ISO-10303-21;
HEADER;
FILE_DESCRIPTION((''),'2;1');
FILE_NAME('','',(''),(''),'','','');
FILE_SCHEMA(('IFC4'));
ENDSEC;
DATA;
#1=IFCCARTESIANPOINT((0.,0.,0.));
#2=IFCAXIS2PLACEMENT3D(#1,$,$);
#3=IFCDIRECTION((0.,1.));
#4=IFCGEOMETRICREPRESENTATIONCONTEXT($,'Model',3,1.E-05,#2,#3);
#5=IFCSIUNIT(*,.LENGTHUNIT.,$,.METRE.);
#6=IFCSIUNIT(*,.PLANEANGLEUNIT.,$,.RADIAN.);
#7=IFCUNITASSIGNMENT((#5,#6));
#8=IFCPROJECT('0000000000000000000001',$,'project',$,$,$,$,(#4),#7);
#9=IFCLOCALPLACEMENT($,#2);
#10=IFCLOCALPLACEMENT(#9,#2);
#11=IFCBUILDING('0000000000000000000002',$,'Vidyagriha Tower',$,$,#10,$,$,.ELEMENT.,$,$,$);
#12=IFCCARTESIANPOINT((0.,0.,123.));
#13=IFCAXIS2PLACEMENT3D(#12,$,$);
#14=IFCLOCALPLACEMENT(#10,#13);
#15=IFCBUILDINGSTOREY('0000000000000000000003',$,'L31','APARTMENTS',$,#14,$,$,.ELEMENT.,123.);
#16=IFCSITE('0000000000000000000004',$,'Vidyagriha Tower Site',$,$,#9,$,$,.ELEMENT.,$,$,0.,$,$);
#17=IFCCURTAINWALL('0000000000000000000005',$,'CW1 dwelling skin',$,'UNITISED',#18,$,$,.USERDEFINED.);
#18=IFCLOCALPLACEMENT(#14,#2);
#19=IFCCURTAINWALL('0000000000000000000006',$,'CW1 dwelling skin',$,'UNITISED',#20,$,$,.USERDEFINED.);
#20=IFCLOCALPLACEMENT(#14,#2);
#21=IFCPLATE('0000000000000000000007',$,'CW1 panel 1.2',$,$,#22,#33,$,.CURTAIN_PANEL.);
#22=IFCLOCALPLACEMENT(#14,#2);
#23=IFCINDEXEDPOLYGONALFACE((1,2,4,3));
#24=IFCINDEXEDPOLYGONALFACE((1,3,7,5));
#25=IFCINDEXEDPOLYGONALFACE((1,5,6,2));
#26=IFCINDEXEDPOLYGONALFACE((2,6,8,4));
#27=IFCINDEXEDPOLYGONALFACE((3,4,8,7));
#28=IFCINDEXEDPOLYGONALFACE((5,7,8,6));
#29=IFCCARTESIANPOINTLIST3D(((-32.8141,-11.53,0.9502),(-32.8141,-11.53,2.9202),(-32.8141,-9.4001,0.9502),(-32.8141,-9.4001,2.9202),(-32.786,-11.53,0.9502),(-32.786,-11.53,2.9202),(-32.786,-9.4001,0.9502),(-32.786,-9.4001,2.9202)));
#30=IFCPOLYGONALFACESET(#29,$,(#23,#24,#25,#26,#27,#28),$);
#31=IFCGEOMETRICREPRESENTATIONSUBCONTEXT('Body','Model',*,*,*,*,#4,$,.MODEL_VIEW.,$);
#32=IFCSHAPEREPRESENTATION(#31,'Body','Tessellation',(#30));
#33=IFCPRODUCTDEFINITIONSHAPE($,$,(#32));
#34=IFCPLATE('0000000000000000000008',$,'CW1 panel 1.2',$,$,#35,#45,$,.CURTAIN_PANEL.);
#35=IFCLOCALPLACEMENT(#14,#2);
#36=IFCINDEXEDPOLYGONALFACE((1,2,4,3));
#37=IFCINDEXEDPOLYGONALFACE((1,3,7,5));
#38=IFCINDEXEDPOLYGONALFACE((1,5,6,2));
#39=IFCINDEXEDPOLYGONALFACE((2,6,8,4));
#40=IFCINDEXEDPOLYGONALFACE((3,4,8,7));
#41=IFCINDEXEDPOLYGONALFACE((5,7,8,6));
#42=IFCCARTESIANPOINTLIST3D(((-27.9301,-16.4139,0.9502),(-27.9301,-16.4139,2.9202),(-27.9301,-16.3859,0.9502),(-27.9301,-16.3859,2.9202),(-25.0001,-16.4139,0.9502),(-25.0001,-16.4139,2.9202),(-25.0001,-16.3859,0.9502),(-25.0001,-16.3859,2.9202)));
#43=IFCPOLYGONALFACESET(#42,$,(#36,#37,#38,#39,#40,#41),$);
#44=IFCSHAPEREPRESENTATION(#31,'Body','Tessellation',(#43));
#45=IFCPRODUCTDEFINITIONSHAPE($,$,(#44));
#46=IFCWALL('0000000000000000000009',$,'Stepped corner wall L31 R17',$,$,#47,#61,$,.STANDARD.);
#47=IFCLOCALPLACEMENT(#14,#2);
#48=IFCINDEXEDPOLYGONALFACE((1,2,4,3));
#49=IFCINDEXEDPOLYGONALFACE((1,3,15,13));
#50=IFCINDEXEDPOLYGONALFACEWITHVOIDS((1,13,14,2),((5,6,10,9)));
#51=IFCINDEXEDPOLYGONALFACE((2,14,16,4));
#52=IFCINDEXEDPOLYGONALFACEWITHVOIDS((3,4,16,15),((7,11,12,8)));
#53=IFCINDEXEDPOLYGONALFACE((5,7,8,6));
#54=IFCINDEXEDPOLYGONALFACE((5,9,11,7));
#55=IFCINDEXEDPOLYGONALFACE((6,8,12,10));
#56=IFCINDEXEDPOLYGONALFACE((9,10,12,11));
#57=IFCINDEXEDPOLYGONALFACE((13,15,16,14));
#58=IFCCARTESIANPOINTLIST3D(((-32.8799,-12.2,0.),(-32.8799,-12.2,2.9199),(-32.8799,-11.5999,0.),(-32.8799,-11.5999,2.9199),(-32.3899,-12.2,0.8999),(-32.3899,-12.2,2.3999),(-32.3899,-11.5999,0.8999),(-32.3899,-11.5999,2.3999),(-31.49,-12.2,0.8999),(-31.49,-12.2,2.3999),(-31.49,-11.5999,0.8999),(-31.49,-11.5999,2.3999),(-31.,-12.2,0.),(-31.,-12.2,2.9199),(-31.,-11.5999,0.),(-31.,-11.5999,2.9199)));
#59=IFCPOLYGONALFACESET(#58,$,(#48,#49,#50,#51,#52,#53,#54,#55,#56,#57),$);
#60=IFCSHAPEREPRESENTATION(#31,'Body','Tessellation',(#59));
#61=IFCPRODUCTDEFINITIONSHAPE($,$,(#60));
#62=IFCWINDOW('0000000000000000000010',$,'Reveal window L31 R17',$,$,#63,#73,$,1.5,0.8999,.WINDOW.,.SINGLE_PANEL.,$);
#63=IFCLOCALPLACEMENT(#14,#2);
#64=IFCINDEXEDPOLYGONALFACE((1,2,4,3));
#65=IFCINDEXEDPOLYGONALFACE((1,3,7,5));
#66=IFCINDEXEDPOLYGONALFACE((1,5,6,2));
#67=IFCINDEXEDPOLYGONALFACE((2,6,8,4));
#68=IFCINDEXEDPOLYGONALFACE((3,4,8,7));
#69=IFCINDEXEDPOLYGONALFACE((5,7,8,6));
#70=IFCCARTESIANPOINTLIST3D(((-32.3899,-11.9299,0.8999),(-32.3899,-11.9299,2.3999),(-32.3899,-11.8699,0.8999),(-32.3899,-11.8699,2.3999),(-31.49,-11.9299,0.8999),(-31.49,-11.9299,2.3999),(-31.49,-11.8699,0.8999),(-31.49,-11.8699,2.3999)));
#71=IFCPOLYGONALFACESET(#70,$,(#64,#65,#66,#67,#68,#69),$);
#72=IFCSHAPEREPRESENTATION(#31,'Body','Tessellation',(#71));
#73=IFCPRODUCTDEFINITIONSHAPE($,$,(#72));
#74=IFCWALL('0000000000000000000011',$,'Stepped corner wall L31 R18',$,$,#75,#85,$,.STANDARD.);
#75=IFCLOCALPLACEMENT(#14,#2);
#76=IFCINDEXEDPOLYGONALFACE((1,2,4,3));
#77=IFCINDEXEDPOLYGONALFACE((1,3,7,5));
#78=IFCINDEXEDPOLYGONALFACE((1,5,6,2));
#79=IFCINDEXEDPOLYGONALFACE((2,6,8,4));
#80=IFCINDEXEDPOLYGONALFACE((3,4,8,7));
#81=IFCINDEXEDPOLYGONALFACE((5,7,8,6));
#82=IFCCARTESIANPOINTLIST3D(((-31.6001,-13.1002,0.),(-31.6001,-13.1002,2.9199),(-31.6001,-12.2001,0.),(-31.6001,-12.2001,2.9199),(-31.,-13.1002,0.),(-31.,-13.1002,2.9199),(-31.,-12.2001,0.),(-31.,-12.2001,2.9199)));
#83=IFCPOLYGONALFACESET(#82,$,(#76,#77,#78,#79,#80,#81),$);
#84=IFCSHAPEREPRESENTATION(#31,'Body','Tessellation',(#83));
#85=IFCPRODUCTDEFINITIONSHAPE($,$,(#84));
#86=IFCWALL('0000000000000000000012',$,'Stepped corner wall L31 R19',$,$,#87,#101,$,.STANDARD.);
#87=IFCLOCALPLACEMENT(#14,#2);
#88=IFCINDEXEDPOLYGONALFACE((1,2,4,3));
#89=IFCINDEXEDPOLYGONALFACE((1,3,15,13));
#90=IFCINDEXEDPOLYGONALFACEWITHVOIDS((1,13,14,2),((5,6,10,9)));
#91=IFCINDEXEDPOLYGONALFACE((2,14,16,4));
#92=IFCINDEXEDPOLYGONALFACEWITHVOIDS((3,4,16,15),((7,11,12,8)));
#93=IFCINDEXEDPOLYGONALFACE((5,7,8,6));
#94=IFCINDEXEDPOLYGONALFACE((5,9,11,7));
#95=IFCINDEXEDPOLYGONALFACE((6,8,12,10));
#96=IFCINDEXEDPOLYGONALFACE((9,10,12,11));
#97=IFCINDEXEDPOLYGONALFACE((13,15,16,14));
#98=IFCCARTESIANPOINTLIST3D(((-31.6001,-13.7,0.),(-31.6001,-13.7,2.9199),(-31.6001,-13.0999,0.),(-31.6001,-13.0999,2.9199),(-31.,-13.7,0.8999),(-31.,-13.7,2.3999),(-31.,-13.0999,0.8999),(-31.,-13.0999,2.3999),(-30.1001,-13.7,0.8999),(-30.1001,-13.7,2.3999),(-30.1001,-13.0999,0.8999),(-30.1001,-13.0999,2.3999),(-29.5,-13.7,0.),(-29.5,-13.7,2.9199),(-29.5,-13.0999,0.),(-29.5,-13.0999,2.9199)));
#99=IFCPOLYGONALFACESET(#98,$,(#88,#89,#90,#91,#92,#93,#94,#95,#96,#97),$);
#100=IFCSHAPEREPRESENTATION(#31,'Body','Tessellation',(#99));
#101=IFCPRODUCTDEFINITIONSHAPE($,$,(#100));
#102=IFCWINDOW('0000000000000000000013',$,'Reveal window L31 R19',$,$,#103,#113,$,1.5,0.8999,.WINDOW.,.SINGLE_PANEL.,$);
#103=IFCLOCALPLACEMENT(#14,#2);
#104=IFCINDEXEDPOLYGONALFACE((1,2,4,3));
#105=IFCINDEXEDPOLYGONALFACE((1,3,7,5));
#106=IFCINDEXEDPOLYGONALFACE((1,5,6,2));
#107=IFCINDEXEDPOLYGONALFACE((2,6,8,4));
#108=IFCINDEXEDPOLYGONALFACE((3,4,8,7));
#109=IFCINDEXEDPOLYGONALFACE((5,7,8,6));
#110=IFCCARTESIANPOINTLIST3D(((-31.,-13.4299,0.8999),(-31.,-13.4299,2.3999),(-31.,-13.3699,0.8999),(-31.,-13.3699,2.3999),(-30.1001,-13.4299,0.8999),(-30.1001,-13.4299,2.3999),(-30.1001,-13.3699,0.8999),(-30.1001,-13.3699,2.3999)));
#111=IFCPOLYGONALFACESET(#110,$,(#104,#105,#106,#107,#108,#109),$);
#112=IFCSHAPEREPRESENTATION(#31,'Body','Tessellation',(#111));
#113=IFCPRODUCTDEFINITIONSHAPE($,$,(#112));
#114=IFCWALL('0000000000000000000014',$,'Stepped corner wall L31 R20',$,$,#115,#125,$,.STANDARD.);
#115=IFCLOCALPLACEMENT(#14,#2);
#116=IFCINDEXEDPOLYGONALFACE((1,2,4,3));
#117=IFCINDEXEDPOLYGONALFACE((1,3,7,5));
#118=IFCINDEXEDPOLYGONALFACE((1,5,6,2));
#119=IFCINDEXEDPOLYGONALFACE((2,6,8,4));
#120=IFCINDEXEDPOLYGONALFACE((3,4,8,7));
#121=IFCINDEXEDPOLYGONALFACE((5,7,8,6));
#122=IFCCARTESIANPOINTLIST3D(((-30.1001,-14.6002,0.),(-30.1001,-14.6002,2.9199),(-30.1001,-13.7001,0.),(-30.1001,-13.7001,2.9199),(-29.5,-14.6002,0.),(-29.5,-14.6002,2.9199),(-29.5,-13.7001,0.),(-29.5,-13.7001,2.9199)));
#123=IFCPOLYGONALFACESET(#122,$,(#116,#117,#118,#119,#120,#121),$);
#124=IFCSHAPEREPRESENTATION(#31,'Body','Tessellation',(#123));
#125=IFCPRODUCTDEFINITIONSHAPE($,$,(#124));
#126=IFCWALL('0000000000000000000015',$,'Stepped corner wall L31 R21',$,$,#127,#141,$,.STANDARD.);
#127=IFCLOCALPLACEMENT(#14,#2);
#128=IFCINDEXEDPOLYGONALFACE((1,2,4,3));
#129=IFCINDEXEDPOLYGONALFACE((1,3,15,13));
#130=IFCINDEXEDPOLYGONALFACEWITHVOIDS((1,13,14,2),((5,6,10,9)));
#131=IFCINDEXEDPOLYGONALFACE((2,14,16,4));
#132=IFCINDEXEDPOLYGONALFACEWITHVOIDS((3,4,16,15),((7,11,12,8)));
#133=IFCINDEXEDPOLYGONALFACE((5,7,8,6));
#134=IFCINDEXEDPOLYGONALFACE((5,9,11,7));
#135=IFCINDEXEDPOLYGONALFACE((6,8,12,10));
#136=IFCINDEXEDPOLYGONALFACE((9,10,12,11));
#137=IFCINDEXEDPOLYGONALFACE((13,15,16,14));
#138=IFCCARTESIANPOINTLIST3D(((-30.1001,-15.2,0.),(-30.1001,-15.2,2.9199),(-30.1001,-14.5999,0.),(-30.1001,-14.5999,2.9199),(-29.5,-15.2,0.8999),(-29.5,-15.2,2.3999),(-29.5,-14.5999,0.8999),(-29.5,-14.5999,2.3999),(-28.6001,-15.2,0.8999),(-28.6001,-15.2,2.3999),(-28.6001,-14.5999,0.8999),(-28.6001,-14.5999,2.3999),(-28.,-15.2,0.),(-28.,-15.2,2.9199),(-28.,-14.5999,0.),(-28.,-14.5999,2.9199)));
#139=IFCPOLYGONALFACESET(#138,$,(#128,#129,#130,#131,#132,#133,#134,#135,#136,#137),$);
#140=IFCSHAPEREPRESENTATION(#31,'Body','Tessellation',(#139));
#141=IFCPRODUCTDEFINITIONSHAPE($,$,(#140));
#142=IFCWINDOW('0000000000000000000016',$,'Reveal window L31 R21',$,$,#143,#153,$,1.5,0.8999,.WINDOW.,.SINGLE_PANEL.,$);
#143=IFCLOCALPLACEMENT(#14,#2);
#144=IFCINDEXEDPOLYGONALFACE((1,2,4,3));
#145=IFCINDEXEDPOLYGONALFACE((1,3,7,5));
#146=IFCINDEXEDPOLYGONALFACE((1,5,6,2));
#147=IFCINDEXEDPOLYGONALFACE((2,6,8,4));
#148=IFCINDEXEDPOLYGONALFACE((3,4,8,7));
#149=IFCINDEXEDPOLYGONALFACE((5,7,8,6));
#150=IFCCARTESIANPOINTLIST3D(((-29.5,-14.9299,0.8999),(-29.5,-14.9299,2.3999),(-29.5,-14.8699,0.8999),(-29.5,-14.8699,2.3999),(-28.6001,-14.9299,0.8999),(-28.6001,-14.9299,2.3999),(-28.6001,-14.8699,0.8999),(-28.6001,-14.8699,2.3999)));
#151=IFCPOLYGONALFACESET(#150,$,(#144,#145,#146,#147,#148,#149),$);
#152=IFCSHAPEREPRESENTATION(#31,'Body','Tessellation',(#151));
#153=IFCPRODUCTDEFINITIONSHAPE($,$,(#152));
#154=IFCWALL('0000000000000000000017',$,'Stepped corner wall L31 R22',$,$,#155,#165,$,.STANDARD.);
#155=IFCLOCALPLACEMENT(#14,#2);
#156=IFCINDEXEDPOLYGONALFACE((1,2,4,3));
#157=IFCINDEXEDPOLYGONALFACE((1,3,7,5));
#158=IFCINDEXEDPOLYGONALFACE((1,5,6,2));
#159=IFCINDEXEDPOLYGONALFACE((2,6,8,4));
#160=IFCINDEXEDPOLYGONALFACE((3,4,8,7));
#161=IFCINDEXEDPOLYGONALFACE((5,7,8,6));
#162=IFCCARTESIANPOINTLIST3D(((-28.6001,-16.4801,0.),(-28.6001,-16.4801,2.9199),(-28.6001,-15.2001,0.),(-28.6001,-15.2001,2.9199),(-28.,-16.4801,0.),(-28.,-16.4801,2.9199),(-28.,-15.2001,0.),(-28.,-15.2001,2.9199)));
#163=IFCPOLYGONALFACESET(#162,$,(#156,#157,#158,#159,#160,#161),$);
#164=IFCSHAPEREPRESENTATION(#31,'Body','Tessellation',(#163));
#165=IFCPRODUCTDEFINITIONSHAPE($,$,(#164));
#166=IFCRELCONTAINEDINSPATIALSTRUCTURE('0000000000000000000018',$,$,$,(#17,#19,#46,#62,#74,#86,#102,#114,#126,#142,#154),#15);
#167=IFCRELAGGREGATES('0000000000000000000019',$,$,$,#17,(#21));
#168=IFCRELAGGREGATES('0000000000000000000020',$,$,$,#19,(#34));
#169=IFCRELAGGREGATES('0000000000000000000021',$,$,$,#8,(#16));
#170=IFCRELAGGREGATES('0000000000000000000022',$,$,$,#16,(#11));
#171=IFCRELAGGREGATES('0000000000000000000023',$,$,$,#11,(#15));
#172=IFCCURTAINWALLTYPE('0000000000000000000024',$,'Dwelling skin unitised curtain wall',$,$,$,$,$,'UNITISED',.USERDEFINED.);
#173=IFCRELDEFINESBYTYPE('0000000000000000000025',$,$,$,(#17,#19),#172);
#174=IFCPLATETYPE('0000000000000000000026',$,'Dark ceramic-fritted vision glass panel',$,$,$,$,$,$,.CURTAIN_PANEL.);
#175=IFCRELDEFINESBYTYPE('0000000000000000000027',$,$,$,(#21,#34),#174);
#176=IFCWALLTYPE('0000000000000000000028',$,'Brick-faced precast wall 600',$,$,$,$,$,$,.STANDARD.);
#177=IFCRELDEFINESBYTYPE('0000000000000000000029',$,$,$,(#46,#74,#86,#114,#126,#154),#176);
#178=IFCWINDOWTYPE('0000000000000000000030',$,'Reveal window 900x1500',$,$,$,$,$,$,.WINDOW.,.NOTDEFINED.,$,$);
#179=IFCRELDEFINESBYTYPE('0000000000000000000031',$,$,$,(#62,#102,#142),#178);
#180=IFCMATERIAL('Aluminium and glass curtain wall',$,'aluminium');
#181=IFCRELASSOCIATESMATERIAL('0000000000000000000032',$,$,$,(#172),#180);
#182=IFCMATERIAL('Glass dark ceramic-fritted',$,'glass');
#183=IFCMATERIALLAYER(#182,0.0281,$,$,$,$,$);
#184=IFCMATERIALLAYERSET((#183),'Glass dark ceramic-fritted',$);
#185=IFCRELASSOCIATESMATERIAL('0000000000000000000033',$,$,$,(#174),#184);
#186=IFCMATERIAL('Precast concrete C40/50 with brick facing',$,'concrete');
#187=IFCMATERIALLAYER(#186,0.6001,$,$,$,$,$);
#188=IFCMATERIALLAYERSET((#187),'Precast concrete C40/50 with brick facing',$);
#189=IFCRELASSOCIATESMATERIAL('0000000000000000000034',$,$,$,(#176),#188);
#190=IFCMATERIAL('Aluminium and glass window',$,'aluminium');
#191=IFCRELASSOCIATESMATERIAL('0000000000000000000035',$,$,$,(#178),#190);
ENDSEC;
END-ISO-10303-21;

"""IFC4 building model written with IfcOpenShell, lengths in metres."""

from ifc_helpers import new_model, si_unit, direction, frame, frame_2d, origin, origin_2d, place, context, subcontext, project, spatial, rectangle, extrude, material, layer, layer_set, type_object, element, fill, aggregate, save


model = new_model("IFC4")

# Units and contexts
model_context = context("Model", 3, precision=1e-05, world=origin(), true_north=direction((0.0, 1.0)))
body_context = subcontext(model_context, "Body", "Model", "MODEL_VIEW")
ifc_project = project(units=[si_unit("LENGTHUNIT", "METRE"), si_unit("PLANEANGLEUNIT", "RADIAN")], contexts=[model_context])

# Site, building, storey
site_placement = place(None, origin())
site = spatial("IfcSite", under=ifc_project, at=site_placement, Name="Vidyagriha Tower Site", CompositionType="ELEMENT", RefElevation=0.0)
building_placement = place(site_placement, origin())
building = spatial("IfcBuilding", under=site, at=building_placement, Name="Vidyagriha Tower", CompositionType="ELEMENT")
storey_placement = place(building_placement, frame((0.0, 0.0, 123.0)))
storey = spatial("IfcBuildingStorey", under=building, at=storey_placement, Name="L31", Description="APARTMENTS", CompositionType="ELEMENT", Elevation=123.0)

# Curtain wall
ifc_material_1 = material(Name="Aluminium and glass curtain wall", Category="aluminium")
curtain_wall_type = type_object("IfcCurtainWallType", Name="Dwelling skin unitised curtain wall", ElementType="UNITISED", PredefinedType="USERDEFINED", material=ifc_material_1)
curtain_wall_1_placement = place(storey_placement, origin())
curtain_wall_1 = element("IfcCurtainWall", 1, at=curtain_wall_1_placement, inside=storey, type_object=curtain_wall_type, Name="CW1 dwelling skin", ObjectType="UNITISED", PredefinedType="USERDEFINED")

# Curtain wall
curtain_wall_2_placement = place(storey_placement, origin())
curtain_wall_2 = element("IfcCurtainWall", 2, at=curtain_wall_2_placement, inside=storey, type_object=curtain_wall_type, Name="CW1 dwelling skin", ObjectType="UNITISED", PredefinedType="USERDEFINED")

# Plates
ifc_material_2 = material(Name="Glass dark ceramic-fritted", Category="glass")
ifc_layer_1 = layer(ifc_material_2, 0.0281)
ifc_layer_set_1 = layer_set([ifc_layer_1], Name="Glass dark ceramic-fritted")
plate_type_1 = type_object("IfcPlateType", Name="Dark ceramic-fritted vision glass panel", PredefinedType="CURTAIN_PANEL", material=ifc_layer_set_1)
plate_1_placement = place(storey_placement, frame((-32.8, -10.4651, 0.9502), z_axis=(0.0, 0.0, 1.0), x_axis=(0.0, -1.0, 0.0)))
plate_1 = element("IfcPlate", 3, at=plate_1_placement, type_object=plate_type_1, Name="CW1 panel 1.2", PredefinedType="CURTAIN_PANEL", context=body_context, shape_type="SweptSolid", body=[
    extrude(rectangle(XDim=2.1299, YDim=0.0281, at=origin_2d()), origin(), (0.0, 0.0, 1.0), 1.97),
])
aggregate(curtain_wall_1, [plate_1])
plate_2_placement = place(storey_placement, frame((-26.4651, -16.3999, 0.9502)))
plate_2 = element("IfcPlate", 4, at=plate_2_placement, type_object=plate_type_1, Name="CW1 panel 1.2", PredefinedType="CURTAIN_PANEL", context=body_context, shape_type="SweptSolid", body=[
    extrude(rectangle(XDim=2.9299, YDim=0.0281, at=origin_2d()), origin(), (0.0, 0.0, 1.0), 1.97),
])
aggregate(curtain_wall_2, [plate_2])

# Wall, opening, window
ifc_material_3 = material(Name="Precast concrete C40/50 with brick facing", Category="concrete")
ifc_layer_2 = layer(ifc_material_3, 0.6001)
ifc_layer_set_2 = layer_set([ifc_layer_2], Name="Precast concrete C40/50 with brick facing")
wall_type = type_object("IfcWallType", Name="Brick-faced precast wall 600", PredefinedType="STANDARD", material=ifc_layer_set_2)
wall_1_placement = place(storey_placement, frame((-32.8799, -11.8999, 0.0)))
wall_1 = element("IfcWall", 5, at=wall_1_placement, inside=storey, type_object=wall_type, Name="Stepped corner wall L31 R17", PredefinedType="STANDARD", context=body_context, shape_type="SweptSolid", body=[
    extrude(rectangle(XDim=1.8799, YDim=0.6001, at=frame_2d((0.9399, 0.0))), origin(), (0.0, 0.0, 1.0), 2.9199),
])
opening_1_placement = place(wall_1_placement, frame((0.49, 0.0, 0.8999)))
opening_1 = element("IfcOpeningElement", 6, at=opening_1_placement, cuts=wall_1, PredefinedType="OPENING", context=body_context, shape_type="SweptSolid", body=[
    extrude(rectangle(XDim=0.8999, YDim=1.5, at=frame_2d((0.45, 0.75))), frame((0.0, 0.3101, 0.0), z_axis=(0.0, -1.0, 0.0), x_axis=(1.0, 0.0, 0.0)), (0.0, 0.0, 1.0), 0.6201),
])
ifc_material_4 = material(Name="Aluminium and glass window", Category="aluminium")
window_type = type_object("IfcWindowType", Name="Reveal window 900x1500", PartitioningType="NOTDEFINED", PredefinedType="WINDOW", material=ifc_material_4)
window_1_placement = place(opening_1_placement, origin())
window_1 = element("IfcWindow", 7, at=window_1_placement, inside=storey, type_object=window_type, Name="Reveal window L31 R17", OverallHeight=1.5, OverallWidth=0.8999, PartitioningType="SINGLE_PANEL", PredefinedType="WINDOW", context=body_context, shape_type="SweptSolid", body=[
    extrude(rectangle(XDim=0.8999, YDim=1.5, at=frame_2d((0.45, 0.75))), frame((0.0, 0.03, 0.0), z_axis=(0.0, -1.0, 0.0), x_axis=(1.0, 0.0, 0.0)), (0.0, 0.0, 1.0), 0.0601),
])
fill(opening_1, window_1)

# Wall
wall_2_placement = place(storey_placement, frame((-31.3, -12.2, 0.0), z_axis=(0.0, 0.0, 1.0), x_axis=(0.0, -1.0, 0.0)))
element("IfcWall", 8, at=wall_2_placement, inside=storey, type_object=wall_type, Name="Stepped corner wall L31 R18", PredefinedType="STANDARD", context=body_context, shape_type="SweptSolid", body=[
    extrude(rectangle(XDim=0.9001, YDim=0.6001, at=frame_2d((0.4502, 0.0))), origin(), (0.0, 0.0, 1.0), 2.9199),
])

# Wall, opening, window
wall_3_placement = place(storey_placement, frame((-31.6001, -13.3999, 0.0)))
wall_3 = element("IfcWall", 9, at=wall_3_placement, inside=storey, type_object=wall_type, Name="Stepped corner wall L31 R19", PredefinedType="STANDARD", context=body_context, shape_type="SweptSolid", body=[
    extrude(rectangle(XDim=2.1001, YDim=0.6001, at=frame_2d((1.05, 0.0))), origin(), (0.0, 0.0, 1.0), 2.9199),
])
opening_2_placement = place(wall_3_placement, frame((0.6001, 0.0, 0.8999)))
opening_2 = element("IfcOpeningElement", 10, at=opening_2_placement, cuts=wall_3, PredefinedType="OPENING", context=body_context, shape_type="SweptSolid", body=[
    extrude(rectangle(XDim=0.8999, YDim=1.5, at=frame_2d((0.45, 0.75))), frame((0.0, 0.3101, 0.0), z_axis=(0.0, -1.0, 0.0), x_axis=(1.0, 0.0, 0.0)), (0.0, 0.0, 1.0), 0.6201),
])
window_2_placement = place(opening_2_placement, origin())
window_2 = element("IfcWindow", 11, at=window_2_placement, inside=storey, type_object=window_type, Name="Reveal window L31 R19", OverallHeight=1.5, OverallWidth=0.8999, PartitioningType="SINGLE_PANEL", PredefinedType="WINDOW", context=body_context, shape_type="SweptSolid", body=[
    extrude(rectangle(XDim=0.8999, YDim=1.5, at=frame_2d((0.45, 0.75))), frame((0.0, 0.03, 0.0), z_axis=(0.0, -1.0, 0.0), x_axis=(1.0, 0.0, 0.0)), (0.0, 0.0, 1.0), 0.0601),
])
fill(opening_2, window_2)

# Wall
wall_4_placement = place(storey_placement, frame((-29.8, -13.7, 0.0), z_axis=(0.0, 0.0, 1.0), x_axis=(0.0, -1.0, 0.0)))
element("IfcWall", 12, at=wall_4_placement, inside=storey, type_object=wall_type, Name="Stepped corner wall L31 R20", PredefinedType="STANDARD", context=body_context, shape_type="SweptSolid", body=[
    extrude(rectangle(XDim=0.9001, YDim=0.6001, at=frame_2d((0.4502, 0.0))), origin(), (0.0, 0.0, 1.0), 2.9199),
])

# Wall, opening, window
wall_5_placement = place(storey_placement, frame((-30.1001, -14.8999, 0.0)))
wall_5 = element("IfcWall", 13, at=wall_5_placement, inside=storey, type_object=wall_type, Name="Stepped corner wall L31 R21", PredefinedType="STANDARD", context=body_context, shape_type="SweptSolid", body=[
    extrude(rectangle(XDim=2.1001, YDim=0.6001, at=frame_2d((1.05, 0.0))), origin(), (0.0, 0.0, 1.0), 2.9199),
])
opening_3_placement = place(wall_5_placement, frame((0.6001, 0.0, 0.8999)))
opening_3 = element("IfcOpeningElement", 14, at=opening_3_placement, cuts=wall_5, PredefinedType="OPENING", context=body_context, shape_type="SweptSolid", body=[
    extrude(rectangle(XDim=0.8999, YDim=1.5, at=frame_2d((0.45, 0.75))), frame((0.0, 0.3101, 0.0), z_axis=(0.0, -1.0, 0.0), x_axis=(1.0, 0.0, 0.0)), (0.0, 0.0, 1.0), 0.6201),
])
window_3_placement = place(opening_3_placement, origin())
window_3 = element("IfcWindow", 15, at=window_3_placement, inside=storey, type_object=window_type, Name="Reveal window L31 R21", OverallHeight=1.5, OverallWidth=0.8999, PartitioningType="SINGLE_PANEL", PredefinedType="WINDOW", context=body_context, shape_type="SweptSolid", body=[
    extrude(rectangle(XDim=0.8999, YDim=1.5, at=frame_2d((0.45, 0.75))), frame((0.0, 0.03, 0.0), z_axis=(0.0, -1.0, 0.0), x_axis=(1.0, 0.0, 0.0)), (0.0, 0.0, 1.0), 0.0601),
])
fill(opening_3, window_3)

# Wall
wall_6_placement = place(storey_placement, frame((-28.3, -15.2, 0.0), z_axis=(0.0, 0.0, 1.0), x_axis=(0.0, -1.0, 0.0)))
element("IfcWall", 16, at=wall_6_placement, inside=storey, type_object=wall_type, Name="Stepped corner wall L31 R22", PredefinedType="STANDARD", context=body_context, shape_type="SweptSolid", body=[
    extrude(rectangle(XDim=1.28, YDim=0.6001, at=frame_2d((0.6401, 0.0))), origin(), (0.0, 0.0, 1.0), 2.9199),
])

save(model, "model.ifc")
